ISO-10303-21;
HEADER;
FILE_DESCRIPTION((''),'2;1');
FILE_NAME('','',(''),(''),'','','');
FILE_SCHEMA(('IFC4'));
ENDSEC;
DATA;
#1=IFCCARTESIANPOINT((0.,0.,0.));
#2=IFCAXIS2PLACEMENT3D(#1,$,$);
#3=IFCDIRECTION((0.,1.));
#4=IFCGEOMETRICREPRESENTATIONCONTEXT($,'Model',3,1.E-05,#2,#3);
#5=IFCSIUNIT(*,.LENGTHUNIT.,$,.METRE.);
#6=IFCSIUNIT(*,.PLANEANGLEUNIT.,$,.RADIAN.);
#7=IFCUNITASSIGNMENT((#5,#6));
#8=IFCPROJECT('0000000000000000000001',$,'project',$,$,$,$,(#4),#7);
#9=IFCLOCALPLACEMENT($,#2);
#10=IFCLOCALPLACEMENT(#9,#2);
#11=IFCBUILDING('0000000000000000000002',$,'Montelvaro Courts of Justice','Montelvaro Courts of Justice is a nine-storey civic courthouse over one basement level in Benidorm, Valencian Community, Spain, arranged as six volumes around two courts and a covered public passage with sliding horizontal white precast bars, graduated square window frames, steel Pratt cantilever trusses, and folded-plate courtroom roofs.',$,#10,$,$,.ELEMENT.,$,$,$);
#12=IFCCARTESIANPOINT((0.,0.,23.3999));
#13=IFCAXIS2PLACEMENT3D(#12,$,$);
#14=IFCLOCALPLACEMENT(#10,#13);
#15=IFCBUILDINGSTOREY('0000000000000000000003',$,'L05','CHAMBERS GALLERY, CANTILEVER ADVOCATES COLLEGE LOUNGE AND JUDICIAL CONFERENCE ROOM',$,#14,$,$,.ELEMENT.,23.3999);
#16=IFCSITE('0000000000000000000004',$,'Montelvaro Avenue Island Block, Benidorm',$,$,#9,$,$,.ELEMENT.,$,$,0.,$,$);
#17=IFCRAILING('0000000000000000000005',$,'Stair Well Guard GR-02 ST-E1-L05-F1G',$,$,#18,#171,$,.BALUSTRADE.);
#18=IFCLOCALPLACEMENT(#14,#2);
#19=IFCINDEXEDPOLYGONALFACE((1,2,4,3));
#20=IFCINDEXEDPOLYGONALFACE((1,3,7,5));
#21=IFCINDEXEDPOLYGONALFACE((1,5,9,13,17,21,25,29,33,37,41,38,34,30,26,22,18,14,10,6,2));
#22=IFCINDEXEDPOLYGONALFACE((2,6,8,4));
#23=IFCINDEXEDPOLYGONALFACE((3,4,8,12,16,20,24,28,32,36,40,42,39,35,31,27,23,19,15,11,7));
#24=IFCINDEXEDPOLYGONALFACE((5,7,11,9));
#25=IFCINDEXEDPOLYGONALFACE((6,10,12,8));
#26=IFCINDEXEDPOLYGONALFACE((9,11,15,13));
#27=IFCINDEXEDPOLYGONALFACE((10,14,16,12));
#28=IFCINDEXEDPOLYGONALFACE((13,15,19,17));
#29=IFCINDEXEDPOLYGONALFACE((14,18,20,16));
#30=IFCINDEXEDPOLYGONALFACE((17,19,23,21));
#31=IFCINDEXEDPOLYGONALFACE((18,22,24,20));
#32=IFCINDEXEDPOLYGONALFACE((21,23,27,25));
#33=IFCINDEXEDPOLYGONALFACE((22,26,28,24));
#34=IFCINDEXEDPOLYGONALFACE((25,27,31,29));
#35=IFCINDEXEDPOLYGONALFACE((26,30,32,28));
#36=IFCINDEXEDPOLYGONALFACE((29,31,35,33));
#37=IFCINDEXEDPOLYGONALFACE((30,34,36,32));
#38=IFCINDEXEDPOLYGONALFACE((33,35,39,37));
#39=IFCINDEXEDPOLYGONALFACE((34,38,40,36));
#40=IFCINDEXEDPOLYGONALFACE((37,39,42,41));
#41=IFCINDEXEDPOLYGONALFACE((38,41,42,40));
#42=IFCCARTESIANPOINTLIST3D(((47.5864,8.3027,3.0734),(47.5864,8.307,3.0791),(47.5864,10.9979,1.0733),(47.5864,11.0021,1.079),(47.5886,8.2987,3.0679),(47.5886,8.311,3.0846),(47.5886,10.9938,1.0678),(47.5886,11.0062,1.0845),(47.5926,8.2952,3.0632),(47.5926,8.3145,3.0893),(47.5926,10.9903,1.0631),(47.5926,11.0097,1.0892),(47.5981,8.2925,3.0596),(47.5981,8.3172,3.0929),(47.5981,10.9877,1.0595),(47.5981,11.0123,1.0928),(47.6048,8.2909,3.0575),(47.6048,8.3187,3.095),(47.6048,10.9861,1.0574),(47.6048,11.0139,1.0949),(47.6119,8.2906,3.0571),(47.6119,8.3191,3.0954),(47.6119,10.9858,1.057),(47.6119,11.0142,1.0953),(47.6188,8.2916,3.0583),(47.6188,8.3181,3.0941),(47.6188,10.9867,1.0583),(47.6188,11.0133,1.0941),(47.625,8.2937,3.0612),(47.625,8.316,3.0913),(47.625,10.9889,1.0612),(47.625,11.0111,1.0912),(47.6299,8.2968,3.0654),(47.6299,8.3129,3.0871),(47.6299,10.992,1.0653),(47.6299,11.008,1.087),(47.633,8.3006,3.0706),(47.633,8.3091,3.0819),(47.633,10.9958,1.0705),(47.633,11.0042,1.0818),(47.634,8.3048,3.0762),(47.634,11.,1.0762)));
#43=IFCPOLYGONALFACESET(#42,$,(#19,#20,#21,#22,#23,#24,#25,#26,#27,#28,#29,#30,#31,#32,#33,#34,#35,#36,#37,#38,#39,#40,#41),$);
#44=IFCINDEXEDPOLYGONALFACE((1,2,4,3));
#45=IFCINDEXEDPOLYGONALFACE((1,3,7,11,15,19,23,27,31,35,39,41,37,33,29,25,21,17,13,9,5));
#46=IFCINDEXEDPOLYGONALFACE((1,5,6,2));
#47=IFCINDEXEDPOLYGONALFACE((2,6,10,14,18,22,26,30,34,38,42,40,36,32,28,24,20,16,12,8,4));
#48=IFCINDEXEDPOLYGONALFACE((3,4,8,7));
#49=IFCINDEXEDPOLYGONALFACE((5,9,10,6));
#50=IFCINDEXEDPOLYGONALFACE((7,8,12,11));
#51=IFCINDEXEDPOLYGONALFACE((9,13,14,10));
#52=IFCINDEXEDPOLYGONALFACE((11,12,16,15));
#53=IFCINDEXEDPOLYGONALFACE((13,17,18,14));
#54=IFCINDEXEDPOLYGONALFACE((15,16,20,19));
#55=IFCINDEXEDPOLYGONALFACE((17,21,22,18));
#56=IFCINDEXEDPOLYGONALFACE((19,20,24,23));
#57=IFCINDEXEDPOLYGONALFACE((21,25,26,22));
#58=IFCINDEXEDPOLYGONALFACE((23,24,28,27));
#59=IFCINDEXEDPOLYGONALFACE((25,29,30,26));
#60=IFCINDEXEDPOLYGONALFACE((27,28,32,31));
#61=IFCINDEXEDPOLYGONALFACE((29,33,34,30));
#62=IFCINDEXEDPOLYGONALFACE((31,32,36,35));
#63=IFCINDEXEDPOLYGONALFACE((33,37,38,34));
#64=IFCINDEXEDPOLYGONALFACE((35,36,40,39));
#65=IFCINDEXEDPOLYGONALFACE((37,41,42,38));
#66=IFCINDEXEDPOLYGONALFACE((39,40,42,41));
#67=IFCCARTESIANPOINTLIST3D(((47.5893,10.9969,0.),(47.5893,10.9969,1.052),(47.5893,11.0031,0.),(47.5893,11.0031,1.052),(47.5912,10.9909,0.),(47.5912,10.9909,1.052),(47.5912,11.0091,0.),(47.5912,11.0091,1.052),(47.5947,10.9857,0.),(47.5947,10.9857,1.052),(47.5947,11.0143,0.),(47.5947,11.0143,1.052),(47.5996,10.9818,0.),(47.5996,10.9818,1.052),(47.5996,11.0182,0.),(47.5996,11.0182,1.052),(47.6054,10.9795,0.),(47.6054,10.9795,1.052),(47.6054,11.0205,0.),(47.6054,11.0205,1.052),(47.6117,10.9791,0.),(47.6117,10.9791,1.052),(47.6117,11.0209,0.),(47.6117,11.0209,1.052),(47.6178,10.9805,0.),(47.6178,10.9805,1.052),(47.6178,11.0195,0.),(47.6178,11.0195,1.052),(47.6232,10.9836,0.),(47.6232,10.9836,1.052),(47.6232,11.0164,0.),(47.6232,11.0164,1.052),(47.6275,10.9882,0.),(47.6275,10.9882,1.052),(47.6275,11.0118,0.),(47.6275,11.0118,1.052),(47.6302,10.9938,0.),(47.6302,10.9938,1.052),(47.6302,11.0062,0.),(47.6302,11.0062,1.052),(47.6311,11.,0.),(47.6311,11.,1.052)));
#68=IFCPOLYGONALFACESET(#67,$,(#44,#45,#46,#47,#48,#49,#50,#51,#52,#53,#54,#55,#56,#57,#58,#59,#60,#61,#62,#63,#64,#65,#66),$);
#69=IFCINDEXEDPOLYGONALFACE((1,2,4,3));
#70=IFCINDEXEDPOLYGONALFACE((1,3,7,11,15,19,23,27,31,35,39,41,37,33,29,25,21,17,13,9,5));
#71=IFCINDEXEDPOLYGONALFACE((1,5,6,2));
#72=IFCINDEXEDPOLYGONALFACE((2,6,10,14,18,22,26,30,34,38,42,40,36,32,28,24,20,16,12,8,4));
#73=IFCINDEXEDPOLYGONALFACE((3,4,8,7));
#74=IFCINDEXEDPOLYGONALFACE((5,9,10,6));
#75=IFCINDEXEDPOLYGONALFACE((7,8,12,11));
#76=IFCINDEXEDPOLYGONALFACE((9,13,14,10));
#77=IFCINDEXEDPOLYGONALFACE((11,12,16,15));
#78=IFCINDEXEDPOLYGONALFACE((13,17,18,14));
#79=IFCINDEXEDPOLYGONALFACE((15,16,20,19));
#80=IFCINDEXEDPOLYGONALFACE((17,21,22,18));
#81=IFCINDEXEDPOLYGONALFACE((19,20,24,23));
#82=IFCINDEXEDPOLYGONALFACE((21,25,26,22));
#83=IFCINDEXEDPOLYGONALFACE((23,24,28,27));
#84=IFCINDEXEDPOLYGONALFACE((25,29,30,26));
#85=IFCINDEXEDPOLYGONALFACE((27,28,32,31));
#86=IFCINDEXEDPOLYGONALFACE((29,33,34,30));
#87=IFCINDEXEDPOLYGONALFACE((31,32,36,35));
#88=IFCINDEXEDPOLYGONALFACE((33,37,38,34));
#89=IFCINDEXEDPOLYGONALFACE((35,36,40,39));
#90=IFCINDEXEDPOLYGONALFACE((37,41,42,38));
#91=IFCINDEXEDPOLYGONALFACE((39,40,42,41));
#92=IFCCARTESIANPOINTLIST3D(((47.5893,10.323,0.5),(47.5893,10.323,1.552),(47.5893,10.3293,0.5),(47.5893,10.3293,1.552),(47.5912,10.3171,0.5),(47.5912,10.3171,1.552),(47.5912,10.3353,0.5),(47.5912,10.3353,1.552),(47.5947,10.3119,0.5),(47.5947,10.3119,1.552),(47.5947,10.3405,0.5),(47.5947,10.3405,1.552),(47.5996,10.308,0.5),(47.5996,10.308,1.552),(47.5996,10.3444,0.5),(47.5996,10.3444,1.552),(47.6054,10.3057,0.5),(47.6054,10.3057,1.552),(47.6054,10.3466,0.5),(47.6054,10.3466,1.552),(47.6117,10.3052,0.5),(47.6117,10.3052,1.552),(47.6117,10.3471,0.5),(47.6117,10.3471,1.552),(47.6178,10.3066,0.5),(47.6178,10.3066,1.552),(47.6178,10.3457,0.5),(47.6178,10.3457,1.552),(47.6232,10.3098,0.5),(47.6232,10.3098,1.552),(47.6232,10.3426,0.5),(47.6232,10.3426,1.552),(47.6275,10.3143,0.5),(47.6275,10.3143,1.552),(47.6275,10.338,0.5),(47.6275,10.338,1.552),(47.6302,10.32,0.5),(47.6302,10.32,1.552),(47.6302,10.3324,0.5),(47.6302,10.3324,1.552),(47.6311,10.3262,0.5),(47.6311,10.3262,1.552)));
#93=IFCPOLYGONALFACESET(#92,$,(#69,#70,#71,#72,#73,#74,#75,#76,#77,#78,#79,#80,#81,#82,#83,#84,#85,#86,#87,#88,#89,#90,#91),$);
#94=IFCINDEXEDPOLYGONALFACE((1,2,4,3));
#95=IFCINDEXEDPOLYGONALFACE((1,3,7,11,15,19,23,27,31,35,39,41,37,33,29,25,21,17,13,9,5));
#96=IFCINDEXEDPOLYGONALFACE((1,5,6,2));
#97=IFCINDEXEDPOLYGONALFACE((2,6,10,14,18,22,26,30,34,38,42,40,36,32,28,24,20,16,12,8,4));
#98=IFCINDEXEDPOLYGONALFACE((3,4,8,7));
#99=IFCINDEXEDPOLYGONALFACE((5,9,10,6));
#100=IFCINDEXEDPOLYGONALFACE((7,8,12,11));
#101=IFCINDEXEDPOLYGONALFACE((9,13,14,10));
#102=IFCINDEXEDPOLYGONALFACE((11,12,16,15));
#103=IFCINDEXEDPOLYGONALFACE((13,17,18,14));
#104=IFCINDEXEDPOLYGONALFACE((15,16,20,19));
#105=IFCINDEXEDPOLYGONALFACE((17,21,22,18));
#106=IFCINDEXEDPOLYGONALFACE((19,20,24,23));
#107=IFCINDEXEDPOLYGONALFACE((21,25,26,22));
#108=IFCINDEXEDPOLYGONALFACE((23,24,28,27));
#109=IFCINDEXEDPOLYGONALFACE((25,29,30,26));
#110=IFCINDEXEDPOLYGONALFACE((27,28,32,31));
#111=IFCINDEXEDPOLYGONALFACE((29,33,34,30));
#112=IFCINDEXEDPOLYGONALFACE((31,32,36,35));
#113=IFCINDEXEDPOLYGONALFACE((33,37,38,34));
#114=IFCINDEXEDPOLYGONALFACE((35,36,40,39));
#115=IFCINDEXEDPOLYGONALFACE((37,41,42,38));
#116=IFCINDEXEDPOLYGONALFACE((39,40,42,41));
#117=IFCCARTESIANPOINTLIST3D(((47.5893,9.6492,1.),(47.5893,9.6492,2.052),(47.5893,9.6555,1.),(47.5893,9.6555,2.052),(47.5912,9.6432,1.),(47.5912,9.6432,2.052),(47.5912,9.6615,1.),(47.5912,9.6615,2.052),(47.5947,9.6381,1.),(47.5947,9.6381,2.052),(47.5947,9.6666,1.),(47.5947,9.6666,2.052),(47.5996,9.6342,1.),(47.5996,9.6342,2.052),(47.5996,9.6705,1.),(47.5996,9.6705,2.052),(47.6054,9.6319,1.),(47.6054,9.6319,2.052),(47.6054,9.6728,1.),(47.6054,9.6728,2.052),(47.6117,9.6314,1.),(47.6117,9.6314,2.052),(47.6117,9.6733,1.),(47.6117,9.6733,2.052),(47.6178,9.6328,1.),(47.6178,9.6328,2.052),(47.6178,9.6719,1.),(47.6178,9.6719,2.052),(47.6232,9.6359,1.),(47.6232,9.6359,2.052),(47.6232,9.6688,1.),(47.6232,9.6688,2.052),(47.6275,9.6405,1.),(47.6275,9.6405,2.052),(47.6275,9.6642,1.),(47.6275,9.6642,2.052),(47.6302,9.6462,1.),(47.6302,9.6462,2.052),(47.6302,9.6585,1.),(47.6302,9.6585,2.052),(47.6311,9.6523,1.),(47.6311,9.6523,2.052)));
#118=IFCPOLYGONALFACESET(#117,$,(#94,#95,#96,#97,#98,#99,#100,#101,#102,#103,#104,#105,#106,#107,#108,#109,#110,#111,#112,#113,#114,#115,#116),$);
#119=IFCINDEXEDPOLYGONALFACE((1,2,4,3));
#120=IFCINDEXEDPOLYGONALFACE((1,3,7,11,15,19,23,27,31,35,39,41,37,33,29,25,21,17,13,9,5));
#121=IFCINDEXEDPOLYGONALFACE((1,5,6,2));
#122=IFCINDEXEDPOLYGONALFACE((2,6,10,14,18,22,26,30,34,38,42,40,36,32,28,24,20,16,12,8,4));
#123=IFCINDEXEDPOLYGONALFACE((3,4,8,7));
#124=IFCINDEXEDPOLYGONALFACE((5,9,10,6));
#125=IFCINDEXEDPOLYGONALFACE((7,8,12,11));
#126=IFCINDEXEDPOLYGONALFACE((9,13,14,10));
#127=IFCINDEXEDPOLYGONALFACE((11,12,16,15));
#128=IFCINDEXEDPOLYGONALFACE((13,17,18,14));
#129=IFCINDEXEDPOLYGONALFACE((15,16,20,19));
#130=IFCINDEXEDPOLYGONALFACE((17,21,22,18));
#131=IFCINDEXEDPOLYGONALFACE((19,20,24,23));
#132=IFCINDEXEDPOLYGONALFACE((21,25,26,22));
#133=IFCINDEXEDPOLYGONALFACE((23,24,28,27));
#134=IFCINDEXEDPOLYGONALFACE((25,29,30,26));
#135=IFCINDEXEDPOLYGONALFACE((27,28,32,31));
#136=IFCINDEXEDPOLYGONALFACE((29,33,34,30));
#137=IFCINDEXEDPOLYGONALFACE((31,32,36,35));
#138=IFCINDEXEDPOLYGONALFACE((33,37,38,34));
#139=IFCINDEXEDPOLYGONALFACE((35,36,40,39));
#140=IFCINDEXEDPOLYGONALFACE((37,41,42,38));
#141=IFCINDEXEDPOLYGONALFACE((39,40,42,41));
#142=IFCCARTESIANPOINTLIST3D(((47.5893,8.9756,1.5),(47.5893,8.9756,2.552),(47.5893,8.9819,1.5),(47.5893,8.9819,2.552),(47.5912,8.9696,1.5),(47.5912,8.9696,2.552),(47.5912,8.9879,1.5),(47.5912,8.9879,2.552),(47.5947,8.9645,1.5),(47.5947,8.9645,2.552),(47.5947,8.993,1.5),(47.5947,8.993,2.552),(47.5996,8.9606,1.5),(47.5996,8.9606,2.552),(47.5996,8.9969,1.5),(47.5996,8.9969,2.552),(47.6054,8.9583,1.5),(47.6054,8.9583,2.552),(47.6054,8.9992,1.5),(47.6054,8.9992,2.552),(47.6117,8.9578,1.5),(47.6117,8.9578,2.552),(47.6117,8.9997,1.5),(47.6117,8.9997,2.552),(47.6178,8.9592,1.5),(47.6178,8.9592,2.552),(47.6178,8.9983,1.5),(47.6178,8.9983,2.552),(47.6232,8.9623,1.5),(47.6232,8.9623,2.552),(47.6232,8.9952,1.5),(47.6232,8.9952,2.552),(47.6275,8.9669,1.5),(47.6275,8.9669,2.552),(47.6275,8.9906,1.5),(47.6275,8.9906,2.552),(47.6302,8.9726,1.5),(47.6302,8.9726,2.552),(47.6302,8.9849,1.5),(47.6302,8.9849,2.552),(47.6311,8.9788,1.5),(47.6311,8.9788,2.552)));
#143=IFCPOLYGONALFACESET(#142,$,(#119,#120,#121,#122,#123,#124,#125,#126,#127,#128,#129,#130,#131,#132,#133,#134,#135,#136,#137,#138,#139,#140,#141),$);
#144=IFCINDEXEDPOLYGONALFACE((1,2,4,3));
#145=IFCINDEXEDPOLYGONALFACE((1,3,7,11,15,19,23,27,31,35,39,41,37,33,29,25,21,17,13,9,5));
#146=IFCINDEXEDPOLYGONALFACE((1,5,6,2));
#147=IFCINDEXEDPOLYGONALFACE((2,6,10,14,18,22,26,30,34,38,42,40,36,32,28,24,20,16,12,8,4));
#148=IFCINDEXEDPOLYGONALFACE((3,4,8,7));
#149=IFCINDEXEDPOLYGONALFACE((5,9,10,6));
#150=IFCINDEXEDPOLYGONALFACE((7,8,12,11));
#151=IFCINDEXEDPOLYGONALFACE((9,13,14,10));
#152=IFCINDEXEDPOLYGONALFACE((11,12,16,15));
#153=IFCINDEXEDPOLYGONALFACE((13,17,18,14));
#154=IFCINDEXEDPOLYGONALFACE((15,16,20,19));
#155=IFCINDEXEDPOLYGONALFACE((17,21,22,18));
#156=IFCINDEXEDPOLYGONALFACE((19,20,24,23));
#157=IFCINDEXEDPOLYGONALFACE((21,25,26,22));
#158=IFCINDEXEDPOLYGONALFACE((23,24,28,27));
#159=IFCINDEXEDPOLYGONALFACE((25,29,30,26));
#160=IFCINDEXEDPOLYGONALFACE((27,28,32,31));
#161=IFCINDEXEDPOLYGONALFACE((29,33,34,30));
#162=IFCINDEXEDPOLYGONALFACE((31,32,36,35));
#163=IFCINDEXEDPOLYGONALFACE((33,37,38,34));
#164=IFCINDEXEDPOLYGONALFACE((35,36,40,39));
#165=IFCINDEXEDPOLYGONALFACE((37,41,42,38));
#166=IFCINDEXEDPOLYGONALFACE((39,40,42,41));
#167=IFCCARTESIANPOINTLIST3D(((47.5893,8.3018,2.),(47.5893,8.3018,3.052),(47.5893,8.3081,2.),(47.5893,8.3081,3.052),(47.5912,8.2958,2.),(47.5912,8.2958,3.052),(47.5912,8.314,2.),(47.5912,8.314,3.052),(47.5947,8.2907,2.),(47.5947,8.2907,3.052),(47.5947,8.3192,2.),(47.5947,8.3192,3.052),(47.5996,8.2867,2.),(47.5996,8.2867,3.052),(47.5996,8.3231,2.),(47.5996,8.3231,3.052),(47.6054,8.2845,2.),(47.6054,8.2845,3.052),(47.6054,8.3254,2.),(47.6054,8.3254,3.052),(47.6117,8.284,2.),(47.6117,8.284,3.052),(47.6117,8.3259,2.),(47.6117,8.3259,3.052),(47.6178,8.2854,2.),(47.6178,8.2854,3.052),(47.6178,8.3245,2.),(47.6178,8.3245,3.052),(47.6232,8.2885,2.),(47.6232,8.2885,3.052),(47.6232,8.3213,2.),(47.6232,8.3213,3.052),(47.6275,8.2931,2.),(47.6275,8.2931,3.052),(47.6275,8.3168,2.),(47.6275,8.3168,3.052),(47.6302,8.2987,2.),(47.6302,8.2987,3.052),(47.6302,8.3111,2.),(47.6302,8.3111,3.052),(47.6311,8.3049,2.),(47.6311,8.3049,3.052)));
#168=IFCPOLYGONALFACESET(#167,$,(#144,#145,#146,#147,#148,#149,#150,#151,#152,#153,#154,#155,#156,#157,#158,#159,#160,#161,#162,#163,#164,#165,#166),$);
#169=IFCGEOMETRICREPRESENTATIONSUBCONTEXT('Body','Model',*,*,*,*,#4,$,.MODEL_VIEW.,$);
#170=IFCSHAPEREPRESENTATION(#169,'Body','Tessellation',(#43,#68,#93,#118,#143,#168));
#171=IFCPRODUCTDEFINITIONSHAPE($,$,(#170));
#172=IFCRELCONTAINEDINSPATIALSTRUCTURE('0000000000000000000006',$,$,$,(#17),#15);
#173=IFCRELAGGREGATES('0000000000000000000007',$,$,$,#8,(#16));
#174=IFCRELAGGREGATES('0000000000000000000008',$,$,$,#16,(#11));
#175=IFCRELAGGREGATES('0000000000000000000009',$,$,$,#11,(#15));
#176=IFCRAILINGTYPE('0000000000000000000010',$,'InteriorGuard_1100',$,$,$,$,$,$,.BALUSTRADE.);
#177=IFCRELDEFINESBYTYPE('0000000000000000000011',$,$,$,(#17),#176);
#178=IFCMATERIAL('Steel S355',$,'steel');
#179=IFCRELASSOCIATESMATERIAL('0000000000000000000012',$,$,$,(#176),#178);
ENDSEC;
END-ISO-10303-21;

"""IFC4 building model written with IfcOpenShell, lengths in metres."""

from ifc_helpers import new_model, si_unit, direction, frame, origin, origin_2d, place, context, subcontext, project, spatial, circle, extrude, material, type_object, element, save


model = new_model("IFC4")

# Units and contexts
model_context = context("Model", 3, precision=1e-05, world=origin(), true_north=direction((0.0, 1.0)))
body_context = subcontext(model_context, "Body", "Model", "MODEL_VIEW")
ifc_project = project(units=[si_unit("LENGTHUNIT", "METRE"), si_unit("PLANEANGLEUNIT", "RADIAN")], contexts=[model_context])

# Site, building, storey
site_placement = place(None, origin())
site = spatial("IfcSite", under=ifc_project, at=site_placement, Name="Montelvaro Avenue Island Block, Benidorm", CompositionType="ELEMENT", RefElevation=0.0)
building_placement = place(site_placement, origin())
building = spatial("IfcBuilding", under=site, at=building_placement, Name="Montelvaro Courts of Justice", Description="Montelvaro Courts of Justice is a nine-storey civic courthouse over one basement level in Benidorm, Valencian Community, Spain, arranged as six volumes around two courts and a covered public passage with sliding horizontal white precast bars, graduated square window frames, steel Pratt cantilever trusses, and folded-plate courtroom roofs.", CompositionType="ELEMENT")
storey_placement = place(building_placement, frame((0.0, 0.0, 23.3999)))
storey = spatial("IfcBuildingStorey", under=building, at=storey_placement, Name="L05", Description="CHAMBERS GALLERY, CANTILEVER ADVOCATES COLLEGE LOUNGE AND JUDICIAL CONFERENCE ROOM", CompositionType="ELEMENT", Elevation=23.3999)

# Shared definitions
ifc_material_1 = material(Name="Steel S355", Category="steel")

# Railing
railing_type_1 = type_object("IfcRailingType", Name="InteriorGuard_1100", PredefinedType="BALUSTRADE", material=ifc_material_1)
railing_1_placement = place(storey_placement, frame((47.6101, 11.0, 0.0)))
element("IfcRailing", 1, at=railing_1_placement, inside=storey, type_object=railing_type_1, Name="Stair Well Guard GR-02 ST-E1-L05-F1G", PredefinedType="BALUSTRADE", context=body_context, shape_type="SweptSolid", body=[
    extrude(circle(Radius=0.0239, at=origin_2d()), frame((0.0, 0.0, 1.0762), z_axis=(0.0, -0.803036, 0.59593), x_axis=(1.0, 0.0, 0.0)), (0.0, 0.0, 1.0), 3.3562),
    extrude(circle(Radius=0.021, at=origin_2d()), origin(), (0.0, 0.0, 1.0), 1.052),
    extrude(circle(Radius=0.021, at=origin_2d()), frame((0.0, -0.6738, 0.5)), (0.0, 0.0, 1.0), 1.052),
    extrude(circle(Radius=0.021, at=origin_2d()), frame((0.0, -1.3477, 1.0)), (0.0, 0.0, 1.0), 1.052),
    extrude(circle(Radius=0.021, at=origin_2d()), frame((0.0, -2.0212, 1.5)), (0.0, 0.0, 1.0), 1.052),
    extrude(circle(Radius=0.021, at=origin_2d()), frame((0.0, -2.6951, 2.0)), (0.0, 0.0, 1.0), 1.052),
])

save(model, "model.ifc")
